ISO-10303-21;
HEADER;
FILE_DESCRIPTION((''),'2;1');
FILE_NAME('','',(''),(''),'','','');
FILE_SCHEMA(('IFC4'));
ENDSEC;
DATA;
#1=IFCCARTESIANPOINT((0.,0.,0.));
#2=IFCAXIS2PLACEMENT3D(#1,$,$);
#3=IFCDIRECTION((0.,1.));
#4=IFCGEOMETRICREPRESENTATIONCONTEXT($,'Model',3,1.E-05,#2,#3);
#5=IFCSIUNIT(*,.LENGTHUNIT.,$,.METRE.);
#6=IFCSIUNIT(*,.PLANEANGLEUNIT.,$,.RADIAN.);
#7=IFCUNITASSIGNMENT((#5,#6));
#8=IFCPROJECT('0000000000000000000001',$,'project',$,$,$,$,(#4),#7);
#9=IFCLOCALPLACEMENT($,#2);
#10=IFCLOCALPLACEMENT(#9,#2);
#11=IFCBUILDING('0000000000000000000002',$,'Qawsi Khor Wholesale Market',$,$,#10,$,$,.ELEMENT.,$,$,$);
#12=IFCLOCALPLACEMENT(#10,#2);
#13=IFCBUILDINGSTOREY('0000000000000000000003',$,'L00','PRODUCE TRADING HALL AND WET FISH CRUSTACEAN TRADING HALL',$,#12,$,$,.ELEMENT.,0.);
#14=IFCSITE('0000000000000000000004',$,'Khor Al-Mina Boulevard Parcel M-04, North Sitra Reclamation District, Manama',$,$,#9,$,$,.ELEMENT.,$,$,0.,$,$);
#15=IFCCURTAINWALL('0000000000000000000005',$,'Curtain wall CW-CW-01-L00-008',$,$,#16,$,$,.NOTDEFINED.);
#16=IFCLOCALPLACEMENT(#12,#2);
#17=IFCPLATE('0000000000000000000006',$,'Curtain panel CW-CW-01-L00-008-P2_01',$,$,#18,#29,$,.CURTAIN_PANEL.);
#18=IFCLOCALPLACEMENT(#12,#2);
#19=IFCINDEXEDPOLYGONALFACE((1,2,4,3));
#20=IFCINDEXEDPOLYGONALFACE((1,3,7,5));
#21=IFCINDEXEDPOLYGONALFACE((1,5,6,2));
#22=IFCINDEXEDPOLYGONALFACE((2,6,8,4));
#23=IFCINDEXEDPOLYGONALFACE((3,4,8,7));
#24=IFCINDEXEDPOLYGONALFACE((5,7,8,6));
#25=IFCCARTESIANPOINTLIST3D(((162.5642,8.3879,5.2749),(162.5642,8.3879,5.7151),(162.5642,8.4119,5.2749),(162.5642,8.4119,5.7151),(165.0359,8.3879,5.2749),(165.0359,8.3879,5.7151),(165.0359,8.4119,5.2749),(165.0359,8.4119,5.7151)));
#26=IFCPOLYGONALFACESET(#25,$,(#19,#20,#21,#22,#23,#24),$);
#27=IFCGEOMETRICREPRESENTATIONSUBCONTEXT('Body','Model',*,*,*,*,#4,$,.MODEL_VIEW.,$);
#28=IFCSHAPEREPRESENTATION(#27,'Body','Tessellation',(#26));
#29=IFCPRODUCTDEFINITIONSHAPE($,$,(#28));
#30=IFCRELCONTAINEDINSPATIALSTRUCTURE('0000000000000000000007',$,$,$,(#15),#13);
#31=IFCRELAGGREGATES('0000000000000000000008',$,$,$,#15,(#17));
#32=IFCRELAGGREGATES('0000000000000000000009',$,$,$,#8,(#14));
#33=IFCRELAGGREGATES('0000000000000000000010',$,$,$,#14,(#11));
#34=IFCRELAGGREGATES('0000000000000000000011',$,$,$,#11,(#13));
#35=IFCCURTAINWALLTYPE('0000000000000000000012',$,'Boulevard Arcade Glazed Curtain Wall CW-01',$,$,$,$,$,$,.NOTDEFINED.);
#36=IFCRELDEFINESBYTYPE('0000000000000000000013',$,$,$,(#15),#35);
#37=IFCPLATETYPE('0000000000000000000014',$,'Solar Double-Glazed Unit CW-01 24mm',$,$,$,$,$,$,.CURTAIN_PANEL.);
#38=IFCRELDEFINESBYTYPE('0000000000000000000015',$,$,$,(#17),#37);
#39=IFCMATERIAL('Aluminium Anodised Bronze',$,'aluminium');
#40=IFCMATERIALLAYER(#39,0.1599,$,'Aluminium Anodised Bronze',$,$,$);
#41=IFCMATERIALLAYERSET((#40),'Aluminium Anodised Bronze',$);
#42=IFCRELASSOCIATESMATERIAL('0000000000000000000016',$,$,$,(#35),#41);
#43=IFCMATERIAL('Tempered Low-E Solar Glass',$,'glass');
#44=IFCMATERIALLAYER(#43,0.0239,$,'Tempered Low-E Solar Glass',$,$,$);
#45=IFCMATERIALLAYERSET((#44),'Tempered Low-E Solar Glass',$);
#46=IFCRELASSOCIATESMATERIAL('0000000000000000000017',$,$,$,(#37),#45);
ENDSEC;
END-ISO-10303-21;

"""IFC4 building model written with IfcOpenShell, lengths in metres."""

from ifc_helpers import new_model, si_unit, direction, frame, frame_2d, origin, place, context, subcontext, project, spatial, rectangle, extrude, material, layer, layer_set, type_object, element, aggregate, save


model = new_model("IFC4")

# Units and contexts
model_context = context("Model", 3, precision=1e-05, world=origin(), true_north=direction((0.0, 1.0)))
body_context = subcontext(model_context, "Body", "Model", "MODEL_VIEW")
ifc_project = project(units=[si_unit("LENGTHUNIT", "METRE"), si_unit("PLANEANGLEUNIT", "RADIAN")], contexts=[model_context])

# Site, building, storey
site_placement = place(None, origin())
site = spatial("IfcSite", under=ifc_project, at=site_placement, Name="Khor Al-Mina Boulevard Parcel M-04, North Sitra Reclamation District, Manama", CompositionType="ELEMENT", RefElevation=0.0)
building_placement = place(site_placement, origin())
building = spatial("IfcBuilding", under=site, at=building_placement, Name="Qawsi Khor Wholesale Market", CompositionType="ELEMENT")
storey_placement = place(building_placement, origin())
storey = spatial("IfcBuildingStorey", under=building, at=storey_placement, Name="L00", Description="PRODUCE TRADING HALL AND WET FISH CRUSTACEAN TRADING HALL", CompositionType="ELEMENT", Elevation=0.0)

# Shared definitions
ifc_material_1 = material(Name="Aluminium Anodised Bronze", Category="aluminium")
ifc_layer_1 = layer(ifc_material_1, 0.1599, Name="Aluminium Anodised Bronze")
ifc_layer_set_1 = layer_set([ifc_layer_1], Name="Aluminium Anodised Bronze")
curtain_wall_type = type_object("IfcCurtainWallType", Name="Boulevard Arcade Glazed Curtain Wall CW-01", PredefinedType="NOTDEFINED", material=ifc_layer_set_1)

# Curtain wall
curtain_wall_1_placement = place(storey_placement, origin())
curtain_wall_1 = element("IfcCurtainWall", 1, at=curtain_wall_1_placement, inside=storey, type_object=curtain_wall_type, Name="Curtain wall CW-CW-01-L00-008", PredefinedType="NOTDEFINED")

# Plate
ifc_material_2 = material(Name="Tempered Low-E Solar Glass", Category="glass")
ifc_layer_2 = layer(ifc_material_2, 0.0239, Name="Tempered Low-E Solar Glass")
ifc_layer_set_2 = layer_set([ifc_layer_2], Name="Tempered Low-E Solar Glass")
plate_type_1 = type_object("IfcPlateType", Name="Solar Double-Glazed Unit CW-01 24mm", PredefinedType="CURTAIN_PANEL", material=ifc_layer_set_2)
plate_1_placement = place(storey_placement, frame((162.5642, 8.3999, 5.2749), z_axis=(0.0, 0.0, 1.0), x_axis=(1.0, 0.0, 0.0)))
plate_1 = element("IfcPlate", 2, at=plate_1_placement, type_object=plate_type_1, Name="Curtain panel CW-CW-01-L00-008-P2_01", PredefinedType="CURTAIN_PANEL", context=body_context, shape_type="SweptSolid", body=[
    extrude(rectangle(XDim=2.4717, YDim=0.0239, at=frame_2d((1.2358, 0.0))), origin(), (0.0, 0.0, 1.0), 0.4402),
])
aggregate(curtain_wall_1, [plate_1])

save(model, "model.ifc")
